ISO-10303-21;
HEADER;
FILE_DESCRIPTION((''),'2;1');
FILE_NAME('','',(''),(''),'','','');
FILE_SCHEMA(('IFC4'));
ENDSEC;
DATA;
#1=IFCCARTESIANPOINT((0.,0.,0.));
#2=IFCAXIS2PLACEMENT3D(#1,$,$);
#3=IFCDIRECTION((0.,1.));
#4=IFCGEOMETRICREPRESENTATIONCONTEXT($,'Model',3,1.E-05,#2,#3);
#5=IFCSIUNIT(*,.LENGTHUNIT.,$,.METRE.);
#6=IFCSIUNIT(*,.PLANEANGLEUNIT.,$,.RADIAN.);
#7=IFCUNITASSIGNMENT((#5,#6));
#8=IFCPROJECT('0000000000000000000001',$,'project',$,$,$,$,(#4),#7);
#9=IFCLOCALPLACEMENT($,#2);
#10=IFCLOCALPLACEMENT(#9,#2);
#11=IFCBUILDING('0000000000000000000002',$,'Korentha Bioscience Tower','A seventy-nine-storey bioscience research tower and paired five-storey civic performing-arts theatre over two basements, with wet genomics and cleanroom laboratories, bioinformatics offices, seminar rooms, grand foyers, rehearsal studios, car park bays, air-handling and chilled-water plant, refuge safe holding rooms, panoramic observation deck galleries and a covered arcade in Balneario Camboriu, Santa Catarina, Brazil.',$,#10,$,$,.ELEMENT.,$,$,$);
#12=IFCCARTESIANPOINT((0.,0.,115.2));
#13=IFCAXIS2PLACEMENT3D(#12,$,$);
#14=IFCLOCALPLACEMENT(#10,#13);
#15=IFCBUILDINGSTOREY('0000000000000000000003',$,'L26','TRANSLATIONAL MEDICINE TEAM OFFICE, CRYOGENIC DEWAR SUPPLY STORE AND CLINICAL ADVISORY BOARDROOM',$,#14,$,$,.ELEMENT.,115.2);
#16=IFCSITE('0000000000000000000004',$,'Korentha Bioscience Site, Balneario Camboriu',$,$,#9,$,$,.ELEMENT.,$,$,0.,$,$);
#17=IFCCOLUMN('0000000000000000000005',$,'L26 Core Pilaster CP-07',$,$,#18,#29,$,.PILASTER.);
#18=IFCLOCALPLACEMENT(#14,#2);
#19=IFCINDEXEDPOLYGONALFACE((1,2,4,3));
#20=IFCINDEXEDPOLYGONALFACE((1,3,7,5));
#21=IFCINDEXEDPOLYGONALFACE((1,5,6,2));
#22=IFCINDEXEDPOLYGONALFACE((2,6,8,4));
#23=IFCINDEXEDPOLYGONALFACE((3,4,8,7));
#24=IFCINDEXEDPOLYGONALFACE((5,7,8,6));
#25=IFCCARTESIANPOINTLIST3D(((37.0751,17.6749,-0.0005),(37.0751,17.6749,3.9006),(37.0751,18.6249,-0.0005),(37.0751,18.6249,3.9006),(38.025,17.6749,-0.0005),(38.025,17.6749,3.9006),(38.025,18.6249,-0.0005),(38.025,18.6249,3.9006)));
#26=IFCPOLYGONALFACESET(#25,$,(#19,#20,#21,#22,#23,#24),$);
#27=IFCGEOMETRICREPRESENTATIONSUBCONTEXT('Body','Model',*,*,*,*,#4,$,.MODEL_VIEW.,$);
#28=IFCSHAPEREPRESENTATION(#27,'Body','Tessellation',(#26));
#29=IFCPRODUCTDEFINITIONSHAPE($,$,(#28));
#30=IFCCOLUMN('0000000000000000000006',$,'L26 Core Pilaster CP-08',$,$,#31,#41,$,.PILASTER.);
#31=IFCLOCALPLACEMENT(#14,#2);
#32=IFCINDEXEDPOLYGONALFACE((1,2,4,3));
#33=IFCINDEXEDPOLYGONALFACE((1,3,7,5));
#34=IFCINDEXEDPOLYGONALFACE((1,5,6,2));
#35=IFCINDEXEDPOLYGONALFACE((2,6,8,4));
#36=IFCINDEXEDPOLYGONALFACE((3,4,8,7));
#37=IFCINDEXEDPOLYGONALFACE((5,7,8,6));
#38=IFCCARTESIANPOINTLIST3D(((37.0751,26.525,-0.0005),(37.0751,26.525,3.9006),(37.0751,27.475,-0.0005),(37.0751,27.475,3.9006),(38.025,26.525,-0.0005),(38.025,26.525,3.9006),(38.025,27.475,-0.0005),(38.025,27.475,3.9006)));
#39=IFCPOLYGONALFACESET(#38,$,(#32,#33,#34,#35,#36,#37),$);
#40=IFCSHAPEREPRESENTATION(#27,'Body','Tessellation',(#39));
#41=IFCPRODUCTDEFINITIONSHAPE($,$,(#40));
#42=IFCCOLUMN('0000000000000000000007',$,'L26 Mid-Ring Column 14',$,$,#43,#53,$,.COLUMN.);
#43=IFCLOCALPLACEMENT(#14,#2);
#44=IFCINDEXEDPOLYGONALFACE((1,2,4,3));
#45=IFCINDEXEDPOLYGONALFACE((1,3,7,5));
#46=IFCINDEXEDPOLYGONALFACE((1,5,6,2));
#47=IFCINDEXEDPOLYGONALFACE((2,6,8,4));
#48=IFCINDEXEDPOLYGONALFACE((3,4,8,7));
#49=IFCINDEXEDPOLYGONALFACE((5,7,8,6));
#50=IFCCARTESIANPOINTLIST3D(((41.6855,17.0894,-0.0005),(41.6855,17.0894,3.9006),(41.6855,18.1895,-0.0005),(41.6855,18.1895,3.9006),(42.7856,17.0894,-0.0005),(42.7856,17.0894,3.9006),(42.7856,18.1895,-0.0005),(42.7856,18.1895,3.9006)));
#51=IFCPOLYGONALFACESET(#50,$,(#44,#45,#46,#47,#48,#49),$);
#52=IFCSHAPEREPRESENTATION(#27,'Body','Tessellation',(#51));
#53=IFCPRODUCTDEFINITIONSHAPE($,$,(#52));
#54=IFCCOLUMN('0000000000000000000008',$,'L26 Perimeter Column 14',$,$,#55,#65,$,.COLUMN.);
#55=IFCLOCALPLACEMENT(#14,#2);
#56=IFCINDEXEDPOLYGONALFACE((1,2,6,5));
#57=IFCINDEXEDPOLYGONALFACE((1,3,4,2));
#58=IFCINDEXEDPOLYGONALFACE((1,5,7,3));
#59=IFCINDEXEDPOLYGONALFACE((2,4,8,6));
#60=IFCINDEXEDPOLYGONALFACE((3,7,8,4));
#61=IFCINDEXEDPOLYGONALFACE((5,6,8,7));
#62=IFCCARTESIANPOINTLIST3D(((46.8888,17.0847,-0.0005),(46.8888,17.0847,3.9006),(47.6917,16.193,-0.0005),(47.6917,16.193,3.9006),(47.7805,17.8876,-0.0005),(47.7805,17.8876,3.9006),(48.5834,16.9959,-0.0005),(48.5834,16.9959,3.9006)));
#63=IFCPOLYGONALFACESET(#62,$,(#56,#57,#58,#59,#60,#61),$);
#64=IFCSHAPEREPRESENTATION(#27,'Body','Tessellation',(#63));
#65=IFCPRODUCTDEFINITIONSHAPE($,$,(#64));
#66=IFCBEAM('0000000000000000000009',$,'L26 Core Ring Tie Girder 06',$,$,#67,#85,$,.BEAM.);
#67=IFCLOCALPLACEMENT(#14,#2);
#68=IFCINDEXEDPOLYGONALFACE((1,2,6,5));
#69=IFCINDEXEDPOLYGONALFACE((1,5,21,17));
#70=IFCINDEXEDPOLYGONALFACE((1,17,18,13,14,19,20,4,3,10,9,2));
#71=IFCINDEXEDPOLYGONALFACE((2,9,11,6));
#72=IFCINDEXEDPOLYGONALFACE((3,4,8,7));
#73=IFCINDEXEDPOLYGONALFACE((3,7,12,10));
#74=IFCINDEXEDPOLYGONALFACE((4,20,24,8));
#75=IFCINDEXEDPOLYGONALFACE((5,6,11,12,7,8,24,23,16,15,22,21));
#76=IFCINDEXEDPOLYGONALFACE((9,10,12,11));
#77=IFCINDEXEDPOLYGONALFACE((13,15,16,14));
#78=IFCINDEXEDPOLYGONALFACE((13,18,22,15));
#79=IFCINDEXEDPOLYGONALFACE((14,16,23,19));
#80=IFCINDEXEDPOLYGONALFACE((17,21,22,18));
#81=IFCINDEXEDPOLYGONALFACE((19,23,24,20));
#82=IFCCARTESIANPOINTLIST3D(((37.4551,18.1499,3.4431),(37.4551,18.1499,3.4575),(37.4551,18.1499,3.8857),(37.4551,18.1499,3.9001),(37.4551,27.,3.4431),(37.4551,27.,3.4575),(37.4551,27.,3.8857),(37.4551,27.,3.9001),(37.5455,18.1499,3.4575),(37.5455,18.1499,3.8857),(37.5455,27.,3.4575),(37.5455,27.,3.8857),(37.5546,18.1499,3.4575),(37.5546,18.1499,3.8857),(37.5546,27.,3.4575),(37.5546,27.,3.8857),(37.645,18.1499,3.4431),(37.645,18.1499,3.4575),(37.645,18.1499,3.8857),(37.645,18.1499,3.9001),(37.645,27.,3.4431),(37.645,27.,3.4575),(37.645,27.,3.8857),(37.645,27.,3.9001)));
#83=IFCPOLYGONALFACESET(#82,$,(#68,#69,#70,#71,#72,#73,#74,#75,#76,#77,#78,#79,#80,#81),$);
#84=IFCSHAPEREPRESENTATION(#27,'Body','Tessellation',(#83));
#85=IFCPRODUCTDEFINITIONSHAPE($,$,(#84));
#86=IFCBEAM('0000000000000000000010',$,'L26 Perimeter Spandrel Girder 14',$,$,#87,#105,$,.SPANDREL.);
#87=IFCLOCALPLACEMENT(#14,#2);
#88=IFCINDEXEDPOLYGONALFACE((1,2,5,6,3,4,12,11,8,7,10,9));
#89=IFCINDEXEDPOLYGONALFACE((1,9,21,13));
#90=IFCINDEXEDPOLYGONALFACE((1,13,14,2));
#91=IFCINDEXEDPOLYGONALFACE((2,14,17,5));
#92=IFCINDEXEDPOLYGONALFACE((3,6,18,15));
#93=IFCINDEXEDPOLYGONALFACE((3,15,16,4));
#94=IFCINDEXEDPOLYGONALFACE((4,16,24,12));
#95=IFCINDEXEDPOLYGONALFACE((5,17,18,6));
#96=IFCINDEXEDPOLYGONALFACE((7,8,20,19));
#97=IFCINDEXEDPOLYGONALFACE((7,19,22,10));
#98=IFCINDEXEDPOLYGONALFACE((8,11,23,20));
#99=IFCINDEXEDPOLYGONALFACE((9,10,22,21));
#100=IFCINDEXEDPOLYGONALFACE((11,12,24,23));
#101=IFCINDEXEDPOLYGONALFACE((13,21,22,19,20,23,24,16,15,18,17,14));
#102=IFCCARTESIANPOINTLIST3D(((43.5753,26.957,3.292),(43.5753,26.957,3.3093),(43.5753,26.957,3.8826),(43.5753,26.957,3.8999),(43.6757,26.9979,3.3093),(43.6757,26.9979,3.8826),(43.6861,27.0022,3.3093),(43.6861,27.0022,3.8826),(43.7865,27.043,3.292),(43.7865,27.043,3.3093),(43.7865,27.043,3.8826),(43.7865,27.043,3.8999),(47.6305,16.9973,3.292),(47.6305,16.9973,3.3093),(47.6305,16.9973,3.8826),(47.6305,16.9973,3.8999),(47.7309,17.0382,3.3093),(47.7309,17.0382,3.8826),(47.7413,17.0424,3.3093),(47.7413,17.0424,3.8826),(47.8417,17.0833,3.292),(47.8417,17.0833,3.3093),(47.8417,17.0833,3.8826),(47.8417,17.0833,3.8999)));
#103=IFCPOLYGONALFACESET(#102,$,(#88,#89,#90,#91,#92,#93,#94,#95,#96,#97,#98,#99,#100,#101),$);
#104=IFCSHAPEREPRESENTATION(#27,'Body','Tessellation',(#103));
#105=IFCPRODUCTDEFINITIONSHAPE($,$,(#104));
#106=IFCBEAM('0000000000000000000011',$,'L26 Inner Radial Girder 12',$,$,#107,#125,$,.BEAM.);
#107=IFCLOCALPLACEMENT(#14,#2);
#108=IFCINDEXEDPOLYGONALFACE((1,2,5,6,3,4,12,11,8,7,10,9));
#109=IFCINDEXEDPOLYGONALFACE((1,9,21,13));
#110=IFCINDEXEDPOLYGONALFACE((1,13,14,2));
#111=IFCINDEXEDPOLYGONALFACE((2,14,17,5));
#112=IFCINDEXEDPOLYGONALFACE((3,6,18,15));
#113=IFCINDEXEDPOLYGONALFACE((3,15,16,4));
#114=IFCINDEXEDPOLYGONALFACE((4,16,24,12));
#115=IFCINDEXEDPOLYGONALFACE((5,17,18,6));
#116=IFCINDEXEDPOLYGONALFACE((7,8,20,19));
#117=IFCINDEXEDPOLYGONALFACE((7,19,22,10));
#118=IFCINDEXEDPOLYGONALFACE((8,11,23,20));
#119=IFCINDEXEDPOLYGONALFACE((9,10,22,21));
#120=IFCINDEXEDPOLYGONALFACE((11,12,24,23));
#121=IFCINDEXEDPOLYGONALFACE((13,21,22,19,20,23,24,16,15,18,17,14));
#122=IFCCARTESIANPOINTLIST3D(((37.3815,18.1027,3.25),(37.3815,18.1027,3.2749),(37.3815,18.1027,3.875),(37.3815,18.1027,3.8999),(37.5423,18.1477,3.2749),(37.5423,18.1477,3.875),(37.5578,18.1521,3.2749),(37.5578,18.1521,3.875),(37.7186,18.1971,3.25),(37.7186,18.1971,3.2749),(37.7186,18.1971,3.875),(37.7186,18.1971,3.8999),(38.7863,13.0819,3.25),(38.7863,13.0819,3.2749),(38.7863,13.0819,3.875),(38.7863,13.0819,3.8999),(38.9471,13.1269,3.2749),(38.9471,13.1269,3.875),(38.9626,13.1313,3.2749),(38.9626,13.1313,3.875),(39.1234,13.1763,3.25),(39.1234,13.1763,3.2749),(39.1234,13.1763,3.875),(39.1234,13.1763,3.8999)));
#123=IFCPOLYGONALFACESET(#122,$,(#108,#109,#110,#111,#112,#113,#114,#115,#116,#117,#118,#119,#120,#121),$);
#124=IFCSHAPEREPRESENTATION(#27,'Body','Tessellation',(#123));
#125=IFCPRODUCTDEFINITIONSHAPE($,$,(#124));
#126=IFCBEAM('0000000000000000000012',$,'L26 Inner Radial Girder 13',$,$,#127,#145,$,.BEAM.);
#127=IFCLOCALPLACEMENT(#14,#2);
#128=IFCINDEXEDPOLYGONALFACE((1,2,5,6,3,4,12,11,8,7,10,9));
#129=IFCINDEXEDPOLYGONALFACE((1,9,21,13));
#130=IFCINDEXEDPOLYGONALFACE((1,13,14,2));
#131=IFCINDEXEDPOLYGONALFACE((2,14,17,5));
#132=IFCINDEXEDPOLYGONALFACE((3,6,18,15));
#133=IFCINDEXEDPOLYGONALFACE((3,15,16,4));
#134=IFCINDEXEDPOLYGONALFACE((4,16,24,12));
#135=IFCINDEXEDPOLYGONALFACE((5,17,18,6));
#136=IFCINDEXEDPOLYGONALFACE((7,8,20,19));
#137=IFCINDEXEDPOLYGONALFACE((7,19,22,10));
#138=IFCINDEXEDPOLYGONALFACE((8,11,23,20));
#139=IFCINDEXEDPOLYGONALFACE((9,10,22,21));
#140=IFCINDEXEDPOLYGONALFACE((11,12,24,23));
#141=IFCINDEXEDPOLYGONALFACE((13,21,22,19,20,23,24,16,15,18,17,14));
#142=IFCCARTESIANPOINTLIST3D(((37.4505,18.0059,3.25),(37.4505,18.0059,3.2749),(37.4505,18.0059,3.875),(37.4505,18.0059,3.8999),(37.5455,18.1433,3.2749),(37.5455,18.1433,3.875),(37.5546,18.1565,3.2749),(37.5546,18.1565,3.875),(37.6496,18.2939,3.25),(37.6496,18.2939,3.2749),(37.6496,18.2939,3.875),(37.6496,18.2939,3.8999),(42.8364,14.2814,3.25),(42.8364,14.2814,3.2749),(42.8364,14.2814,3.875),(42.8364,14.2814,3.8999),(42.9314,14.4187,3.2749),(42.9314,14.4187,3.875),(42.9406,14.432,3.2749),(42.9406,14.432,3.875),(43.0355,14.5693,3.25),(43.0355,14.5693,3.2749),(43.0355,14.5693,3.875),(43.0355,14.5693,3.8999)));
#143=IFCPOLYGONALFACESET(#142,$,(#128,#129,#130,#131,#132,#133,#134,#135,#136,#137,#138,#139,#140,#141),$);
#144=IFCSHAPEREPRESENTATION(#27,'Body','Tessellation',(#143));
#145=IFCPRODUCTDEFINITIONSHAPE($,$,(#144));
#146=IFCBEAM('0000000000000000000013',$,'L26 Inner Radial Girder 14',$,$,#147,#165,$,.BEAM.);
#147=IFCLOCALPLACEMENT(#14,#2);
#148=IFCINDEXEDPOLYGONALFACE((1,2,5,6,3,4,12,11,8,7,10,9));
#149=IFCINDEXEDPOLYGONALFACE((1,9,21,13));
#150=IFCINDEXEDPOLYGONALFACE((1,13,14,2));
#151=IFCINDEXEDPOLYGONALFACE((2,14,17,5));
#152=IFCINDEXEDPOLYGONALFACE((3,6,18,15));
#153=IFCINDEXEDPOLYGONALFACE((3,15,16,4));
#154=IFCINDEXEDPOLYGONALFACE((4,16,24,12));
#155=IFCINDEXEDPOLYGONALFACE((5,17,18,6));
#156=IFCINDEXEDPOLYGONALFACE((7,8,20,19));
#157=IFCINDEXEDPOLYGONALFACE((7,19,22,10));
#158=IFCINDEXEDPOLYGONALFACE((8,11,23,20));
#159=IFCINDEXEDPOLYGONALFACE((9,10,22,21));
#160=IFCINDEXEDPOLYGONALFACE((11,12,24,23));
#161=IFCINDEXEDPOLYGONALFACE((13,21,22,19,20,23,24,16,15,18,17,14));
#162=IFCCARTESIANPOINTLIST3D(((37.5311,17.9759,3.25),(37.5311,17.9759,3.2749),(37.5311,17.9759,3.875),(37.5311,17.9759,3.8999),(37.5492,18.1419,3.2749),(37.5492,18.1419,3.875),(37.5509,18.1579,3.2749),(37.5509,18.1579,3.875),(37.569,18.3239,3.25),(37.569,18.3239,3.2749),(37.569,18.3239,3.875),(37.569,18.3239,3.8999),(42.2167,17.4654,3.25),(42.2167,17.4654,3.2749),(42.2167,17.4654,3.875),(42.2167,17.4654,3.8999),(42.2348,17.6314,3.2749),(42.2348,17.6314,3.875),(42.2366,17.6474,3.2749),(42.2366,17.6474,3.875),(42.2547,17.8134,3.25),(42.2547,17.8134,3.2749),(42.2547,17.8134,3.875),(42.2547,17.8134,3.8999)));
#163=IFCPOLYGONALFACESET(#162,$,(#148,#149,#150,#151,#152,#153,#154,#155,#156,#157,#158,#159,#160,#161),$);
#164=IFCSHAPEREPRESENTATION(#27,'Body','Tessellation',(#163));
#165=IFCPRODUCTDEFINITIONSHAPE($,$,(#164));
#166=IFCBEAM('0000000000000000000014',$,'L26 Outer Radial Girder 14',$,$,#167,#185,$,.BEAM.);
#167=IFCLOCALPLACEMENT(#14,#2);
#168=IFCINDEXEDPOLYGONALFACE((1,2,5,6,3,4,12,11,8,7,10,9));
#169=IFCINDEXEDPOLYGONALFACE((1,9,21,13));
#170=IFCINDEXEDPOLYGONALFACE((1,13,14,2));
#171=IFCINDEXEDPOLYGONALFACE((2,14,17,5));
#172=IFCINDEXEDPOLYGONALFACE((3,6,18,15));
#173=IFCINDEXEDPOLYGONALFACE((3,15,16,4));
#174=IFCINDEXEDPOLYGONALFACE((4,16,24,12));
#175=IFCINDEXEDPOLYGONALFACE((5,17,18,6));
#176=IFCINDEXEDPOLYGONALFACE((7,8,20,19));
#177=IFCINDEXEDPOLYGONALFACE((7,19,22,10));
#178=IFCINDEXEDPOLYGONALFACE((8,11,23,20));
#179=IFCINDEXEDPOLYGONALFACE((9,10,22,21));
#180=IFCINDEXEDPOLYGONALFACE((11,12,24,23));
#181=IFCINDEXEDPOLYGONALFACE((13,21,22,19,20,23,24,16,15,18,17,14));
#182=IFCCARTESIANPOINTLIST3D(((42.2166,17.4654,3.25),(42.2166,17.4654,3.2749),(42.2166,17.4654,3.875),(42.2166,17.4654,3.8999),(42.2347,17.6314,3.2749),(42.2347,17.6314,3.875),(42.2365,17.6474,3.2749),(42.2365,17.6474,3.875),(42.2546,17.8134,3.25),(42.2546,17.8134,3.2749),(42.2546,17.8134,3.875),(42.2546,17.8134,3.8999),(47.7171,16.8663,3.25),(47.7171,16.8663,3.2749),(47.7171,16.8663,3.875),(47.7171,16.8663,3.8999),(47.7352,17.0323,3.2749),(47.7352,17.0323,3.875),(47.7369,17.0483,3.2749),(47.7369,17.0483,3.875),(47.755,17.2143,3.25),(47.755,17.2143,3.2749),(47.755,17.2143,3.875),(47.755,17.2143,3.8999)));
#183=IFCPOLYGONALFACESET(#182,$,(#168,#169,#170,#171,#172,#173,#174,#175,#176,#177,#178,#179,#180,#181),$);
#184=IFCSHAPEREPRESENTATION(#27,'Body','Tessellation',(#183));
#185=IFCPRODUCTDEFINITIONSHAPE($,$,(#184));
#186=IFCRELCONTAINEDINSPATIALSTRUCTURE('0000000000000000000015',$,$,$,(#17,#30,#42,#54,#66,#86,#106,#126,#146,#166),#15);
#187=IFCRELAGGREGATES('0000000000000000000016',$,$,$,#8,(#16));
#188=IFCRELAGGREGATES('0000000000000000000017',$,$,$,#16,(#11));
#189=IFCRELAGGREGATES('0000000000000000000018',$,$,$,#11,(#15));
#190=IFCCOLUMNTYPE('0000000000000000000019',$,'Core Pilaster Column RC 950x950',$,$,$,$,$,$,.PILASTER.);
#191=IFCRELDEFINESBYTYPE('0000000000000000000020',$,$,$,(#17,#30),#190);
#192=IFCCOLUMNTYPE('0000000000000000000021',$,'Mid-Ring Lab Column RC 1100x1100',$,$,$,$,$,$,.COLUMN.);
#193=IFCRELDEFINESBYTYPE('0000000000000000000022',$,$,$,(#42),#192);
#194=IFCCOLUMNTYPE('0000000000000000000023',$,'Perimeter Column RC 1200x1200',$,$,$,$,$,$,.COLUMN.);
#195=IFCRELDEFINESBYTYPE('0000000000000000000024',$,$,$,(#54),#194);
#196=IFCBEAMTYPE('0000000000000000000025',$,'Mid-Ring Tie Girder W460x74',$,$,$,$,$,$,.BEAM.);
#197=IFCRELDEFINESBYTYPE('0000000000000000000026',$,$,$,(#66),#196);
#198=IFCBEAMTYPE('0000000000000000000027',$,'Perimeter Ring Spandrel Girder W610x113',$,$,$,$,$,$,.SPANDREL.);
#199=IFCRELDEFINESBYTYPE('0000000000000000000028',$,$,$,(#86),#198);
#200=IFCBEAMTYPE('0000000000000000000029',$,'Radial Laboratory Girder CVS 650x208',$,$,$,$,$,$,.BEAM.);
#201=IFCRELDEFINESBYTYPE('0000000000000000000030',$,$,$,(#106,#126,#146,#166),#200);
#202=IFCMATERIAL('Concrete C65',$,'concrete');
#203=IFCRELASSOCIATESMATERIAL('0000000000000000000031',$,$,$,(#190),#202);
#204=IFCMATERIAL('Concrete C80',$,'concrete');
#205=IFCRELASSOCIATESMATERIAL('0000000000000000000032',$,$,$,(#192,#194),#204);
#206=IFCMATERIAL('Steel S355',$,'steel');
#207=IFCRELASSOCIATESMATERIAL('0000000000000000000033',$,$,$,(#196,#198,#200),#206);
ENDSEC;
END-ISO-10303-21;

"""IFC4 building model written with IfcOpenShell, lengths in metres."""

from ifc_helpers import new_model, si_unit, direction, frame, origin, origin_2d, place, context, subcontext, project, spatial, rectangle, i_section, extrude, material, material_profile, profile_set, type_object, element, save


model = new_model("IFC4")

# Units and contexts
model_context = context("Model", 3, precision=1e-05, world=origin(), true_north=direction((0.0, 1.0)))
body_context = subcontext(model_context, "Body", "Model", "MODEL_VIEW")
ifc_project = project(units=[si_unit("LENGTHUNIT", "METRE"), si_unit("PLANEANGLEUNIT", "RADIAN")], contexts=[model_context])

# Site, building, storey
site_placement = place(None, origin())
site = spatial("IfcSite", under=ifc_project, at=site_placement, Name="Korentha Bioscience Site, Balneario Camboriu", CompositionType="ELEMENT", RefElevation=0.0)
building_placement = place(site_placement, origin())
building = spatial("IfcBuilding", under=site, at=building_placement, Name="Korentha Bioscience Tower", Description="A seventy-nine-storey bioscience research tower and paired five-storey civic performing-arts theatre over two basements, with wet genomics and cleanroom laboratories, bioinformatics offices, seminar rooms, grand foyers, rehearsal studios, car park bays, air-handling and chilled-water plant, refuge safe holding rooms, panoramic observation deck galleries and a covered arcade in Balneario Camboriu, Santa Catarina, Brazil.", CompositionType="ELEMENT")
storey_placement = place(building_placement, frame((0.0, 0.0, 115.2)))
storey = spatial("IfcBuildingStorey", under=building, at=storey_placement, Name="L26", Description="TRANSLATIONAL MEDICINE TEAM OFFICE, CRYOGENIC DEWAR SUPPLY STORE AND CLINICAL ADVISORY BOARDROOM", CompositionType="ELEMENT", Elevation=115.2)

# Columns
ifc_material_1 = material(Name="Concrete C65", Category="concrete")
ifc_material_profile_1 = material_profile(ifc_material_1, rectangle(XDim=0.95, YDim=0.95, at=origin_2d()), Name="Concrete C65")
ifc_profile_set_1 = profile_set([ifc_material_profile_1], Name="Concrete C65 (COL-CP09)")
column_type_1 = type_object("IfcColumnType", Name="Core Pilaster Column RC 950x950", PredefinedType="PILASTER", material=ifc_profile_set_1)
for number, where, z_axis, x_axis, name in (
    (1, (37.55, 18.1499, -0.0005), (0.0, 0.0, 1.0), (1.0, 0.0, 0.0), "L26 Core Pilaster CP-07"),
    (2, (37.55, 27.0, -0.0005), (0.0, 0.0, 1.0), (1.0, 0.0, 0.0), "L26 Core Pilaster CP-08"),
):
    element("IfcColumn", number, at=place(storey_placement, frame(where, z_axis=z_axis, x_axis=x_axis)), inside=storey, type_object=column_type_1, Name=name, PredefinedType="PILASTER", context=body_context, shape_type="SweptSolid", body=[
        extrude(rectangle(XDim=0.95, YDim=0.95, at=origin_2d()), origin(), (0.0, 0.0, 1.0), 3.9011),
    ])
ifc_material_2 = material(Name="Concrete C80", Category="concrete")
ifc_material_profile_2 = material_profile(ifc_material_2, rectangle(XDim=1.1001, YDim=1.1001, at=origin_2d()), Name="Concrete C80")
ifc_profile_set_2 = profile_set([ifc_material_profile_2], Name="Concrete C80 (COL-MR11)")
column_type_2 = type_object("IfcColumnType", Name="Mid-Ring Lab Column RC 1100x1100", PredefinedType="COLUMN", material=ifc_profile_set_2)
column_1_placement = place(storey_placement, frame((42.2356, 17.6394, -0.0005), z_axis=(0.0, 0.0, 1.0), x_axis=(1.0, 0.0, 0.0)))
element("IfcColumn", 3, at=column_1_placement, inside=storey, type_object=column_type_2, Name="L26 Mid-Ring Column 14", PredefinedType="COLUMN", context=body_context, shape_type="SweptSolid", body=[
    extrude(rectangle(XDim=1.1001, YDim=1.1001, at=origin_2d()), origin(), (0.0, 0.0, 1.0), 3.9011),
])
ifc_material_profile_3 = material_profile(ifc_material_2, rectangle(XDim=1.2, YDim=1.2, at=origin_2d()), Name="Concrete C80")
ifc_profile_set_3 = profile_set([ifc_material_profile_3], Name="Concrete C80 (COL-P12)")
column_type_3 = type_object("IfcColumnType", Name="Perimeter Column RC 1200x1200", PredefinedType="COLUMN", material=ifc_profile_set_3)
column_2_placement = place(storey_placement, frame((47.7361, 17.0403, -0.0005), z_axis=(0.0, 0.0, 1.0), x_axis=(-0.669131, 0.743145, 0.0)))
element("IfcColumn", 4, at=column_2_placement, inside=storey, type_object=column_type_3, Name="L26 Perimeter Column 14", PredefinedType="COLUMN", context=body_context, shape_type="SweptSolid", body=[
    extrude(rectangle(XDim=1.2, YDim=1.2, at=origin_2d()), origin(), (0.0, 0.0, 1.0), 3.9011),
])

# Beams
ifc_material_3 = material(Name="Steel S355", Category="steel")
ifc_material_profile_4 = material_profile(ifc_material_3, i_section(OverallWidth=0.1899, OverallDepth=0.457, WebThickness=0.009, FlangeThickness=0.0144, at=origin_2d()), Name="Steel S355")
ifc_profile_set_4 = profile_set([ifc_material_profile_4], Name="Steel S355 (MB-460)")
beam_type_1 = type_object("IfcBeamType", Name="Mid-Ring Tie Girder W460x74", PredefinedType="BEAM", material=ifc_profile_set_4)
beam_1_placement = place(storey_placement, frame((37.55, 18.1499, 3.6716), z_axis=(0.0, 1.0, 0.0), x_axis=(-1.0, 0.0, 0.0)))
element("IfcBeam", 5, at=beam_1_placement, inside=storey, type_object=beam_type_1, Name="L26 Core Ring Tie Girder 06", PredefinedType="BEAM", context=body_context, shape_type="SweptSolid", body=[
    extrude(i_section(OverallWidth=0.1899, OverallDepth=0.457, WebThickness=0.009, FlangeThickness=0.0144, at=origin_2d()), origin(), (0.0, 0.0, 1.0), 8.8501),
])
ifc_material_profile_5 = material_profile(ifc_material_3, i_section(OverallWidth=0.228, OverallDepth=0.6079, WebThickness=0.0112, FlangeThickness=0.0173, at=origin_2d()), Name="Steel S355")
ifc_profile_set_5 = profile_set([ifc_material_profile_5], Name="Steel S355 (SB-610)")
beam_type_2 = type_object("IfcBeamType", Name="Perimeter Ring Spandrel Girder W610x113", PredefinedType="SPANDREL", material=ifc_profile_set_5)
beam_2_placement = place(storey_placement, frame((47.7361, 17.0403, 3.5959), z_axis=(-0.377099, 0.926173, 0.0), x_axis=(-0.926173, -0.377099, 0.0)))
element("IfcBeam", 6, at=beam_2_placement, inside=storey, type_object=beam_type_2, Name="L26 Perimeter Spandrel Girder 14", PredefinedType="SPANDREL", context=body_context, shape_type="SweptSolid", body=[
    extrude(i_section(OverallWidth=0.228, OverallDepth=0.6079, WebThickness=0.0112, FlangeThickness=0.0173, at=origin_2d()), origin(), (0.0, 0.0, 1.0), 10.7537),
])
ifc_material_profile_6 = material_profile(ifc_material_3, i_section(OverallWidth=0.3501, OverallDepth=0.6499, WebThickness=0.0161, FlangeThickness=0.0249, at=origin_2d()), Name="Steel S355")
ifc_profile_set_6 = profile_set([ifc_material_profile_6], Name="Steel S355 (RB-650)")
beam_type_3 = type_object("IfcBeamType", Name="Radial Laboratory Girder CVS 650x208", PredefinedType="BEAM", material=ifc_profile_set_6)
beam_3_placement = place(storey_placement, frame((37.55, 18.1499, 3.575), z_axis=(0.269448, -0.963015, 0.0), x_axis=(0.963015, 0.269448, 0.0)))
element("IfcBeam", 7, at=beam_3_placement, inside=storey, type_object=beam_type_3, Name="L26 Inner Radial Girder 12", PredefinedType="BEAM", context=body_context, shape_type="SweptSolid", body=[
    extrude(i_section(OverallWidth=0.3501, OverallDepth=0.6499, WebThickness=0.0161, FlangeThickness=0.0249, at=origin_2d()), origin(), (0.0, 0.0, 1.0), 5.2136),
])
beam_4_placement = place(storey_placement, frame((37.55, 18.1499, 3.575), z_axis=(0.822489, -0.568781, 0.0), x_axis=(0.568781, 0.822489, 0.0)))
element("IfcBeam", 8, at=beam_4_placement, inside=storey, type_object=beam_type_3, Name="L26 Inner Radial Girder 13", PredefinedType="BEAM", context=body_context, shape_type="SweptSolid", body=[
    extrude(i_section(OverallWidth=0.3501, OverallDepth=0.6499, WebThickness=0.0161, FlangeThickness=0.0249, at=origin_2d()), origin(), (0.0, 0.0, 1.0), 6.5483),
])
beam_5_placement = place(storey_placement, frame((37.55, 18.1499, 3.575), z_axis=(0.994117, -0.108311, 0.0), x_axis=(0.108311, 0.994117, 0.0)))
element("IfcBeam", 9, at=beam_5_placement, inside=storey, type_object=beam_type_3, Name="L26 Inner Radial Girder 14", PredefinedType="BEAM", context=body_context, shape_type="SweptSolid", body=[
    extrude(i_section(OverallWidth=0.3501, OverallDepth=0.6499, WebThickness=0.0161, FlangeThickness=0.0249, at=origin_2d()), origin(), (0.0, 0.0, 1.0), 4.7134),
])
beam_6_placement = place(storey_placement, frame((42.2356, 17.6394, 3.575), z_axis=(0.99412, -0.108281, 0.0), x_axis=(0.108281, 0.99412, 0.0)))
element("IfcBeam", 10, at=beam_6_placement, inside=storey, type_object=beam_type_3, Name="L26 Outer Radial Girder 14", PredefinedType="BEAM", context=body_context, shape_type="SweptSolid", body=[
    extrude(i_section(OverallWidth=0.3501, OverallDepth=0.6499, WebThickness=0.0161, FlangeThickness=0.0249, at=origin_2d()), origin(), (0.0, 0.0, 1.0), 5.533),
])

save(model, "model.ifc")
